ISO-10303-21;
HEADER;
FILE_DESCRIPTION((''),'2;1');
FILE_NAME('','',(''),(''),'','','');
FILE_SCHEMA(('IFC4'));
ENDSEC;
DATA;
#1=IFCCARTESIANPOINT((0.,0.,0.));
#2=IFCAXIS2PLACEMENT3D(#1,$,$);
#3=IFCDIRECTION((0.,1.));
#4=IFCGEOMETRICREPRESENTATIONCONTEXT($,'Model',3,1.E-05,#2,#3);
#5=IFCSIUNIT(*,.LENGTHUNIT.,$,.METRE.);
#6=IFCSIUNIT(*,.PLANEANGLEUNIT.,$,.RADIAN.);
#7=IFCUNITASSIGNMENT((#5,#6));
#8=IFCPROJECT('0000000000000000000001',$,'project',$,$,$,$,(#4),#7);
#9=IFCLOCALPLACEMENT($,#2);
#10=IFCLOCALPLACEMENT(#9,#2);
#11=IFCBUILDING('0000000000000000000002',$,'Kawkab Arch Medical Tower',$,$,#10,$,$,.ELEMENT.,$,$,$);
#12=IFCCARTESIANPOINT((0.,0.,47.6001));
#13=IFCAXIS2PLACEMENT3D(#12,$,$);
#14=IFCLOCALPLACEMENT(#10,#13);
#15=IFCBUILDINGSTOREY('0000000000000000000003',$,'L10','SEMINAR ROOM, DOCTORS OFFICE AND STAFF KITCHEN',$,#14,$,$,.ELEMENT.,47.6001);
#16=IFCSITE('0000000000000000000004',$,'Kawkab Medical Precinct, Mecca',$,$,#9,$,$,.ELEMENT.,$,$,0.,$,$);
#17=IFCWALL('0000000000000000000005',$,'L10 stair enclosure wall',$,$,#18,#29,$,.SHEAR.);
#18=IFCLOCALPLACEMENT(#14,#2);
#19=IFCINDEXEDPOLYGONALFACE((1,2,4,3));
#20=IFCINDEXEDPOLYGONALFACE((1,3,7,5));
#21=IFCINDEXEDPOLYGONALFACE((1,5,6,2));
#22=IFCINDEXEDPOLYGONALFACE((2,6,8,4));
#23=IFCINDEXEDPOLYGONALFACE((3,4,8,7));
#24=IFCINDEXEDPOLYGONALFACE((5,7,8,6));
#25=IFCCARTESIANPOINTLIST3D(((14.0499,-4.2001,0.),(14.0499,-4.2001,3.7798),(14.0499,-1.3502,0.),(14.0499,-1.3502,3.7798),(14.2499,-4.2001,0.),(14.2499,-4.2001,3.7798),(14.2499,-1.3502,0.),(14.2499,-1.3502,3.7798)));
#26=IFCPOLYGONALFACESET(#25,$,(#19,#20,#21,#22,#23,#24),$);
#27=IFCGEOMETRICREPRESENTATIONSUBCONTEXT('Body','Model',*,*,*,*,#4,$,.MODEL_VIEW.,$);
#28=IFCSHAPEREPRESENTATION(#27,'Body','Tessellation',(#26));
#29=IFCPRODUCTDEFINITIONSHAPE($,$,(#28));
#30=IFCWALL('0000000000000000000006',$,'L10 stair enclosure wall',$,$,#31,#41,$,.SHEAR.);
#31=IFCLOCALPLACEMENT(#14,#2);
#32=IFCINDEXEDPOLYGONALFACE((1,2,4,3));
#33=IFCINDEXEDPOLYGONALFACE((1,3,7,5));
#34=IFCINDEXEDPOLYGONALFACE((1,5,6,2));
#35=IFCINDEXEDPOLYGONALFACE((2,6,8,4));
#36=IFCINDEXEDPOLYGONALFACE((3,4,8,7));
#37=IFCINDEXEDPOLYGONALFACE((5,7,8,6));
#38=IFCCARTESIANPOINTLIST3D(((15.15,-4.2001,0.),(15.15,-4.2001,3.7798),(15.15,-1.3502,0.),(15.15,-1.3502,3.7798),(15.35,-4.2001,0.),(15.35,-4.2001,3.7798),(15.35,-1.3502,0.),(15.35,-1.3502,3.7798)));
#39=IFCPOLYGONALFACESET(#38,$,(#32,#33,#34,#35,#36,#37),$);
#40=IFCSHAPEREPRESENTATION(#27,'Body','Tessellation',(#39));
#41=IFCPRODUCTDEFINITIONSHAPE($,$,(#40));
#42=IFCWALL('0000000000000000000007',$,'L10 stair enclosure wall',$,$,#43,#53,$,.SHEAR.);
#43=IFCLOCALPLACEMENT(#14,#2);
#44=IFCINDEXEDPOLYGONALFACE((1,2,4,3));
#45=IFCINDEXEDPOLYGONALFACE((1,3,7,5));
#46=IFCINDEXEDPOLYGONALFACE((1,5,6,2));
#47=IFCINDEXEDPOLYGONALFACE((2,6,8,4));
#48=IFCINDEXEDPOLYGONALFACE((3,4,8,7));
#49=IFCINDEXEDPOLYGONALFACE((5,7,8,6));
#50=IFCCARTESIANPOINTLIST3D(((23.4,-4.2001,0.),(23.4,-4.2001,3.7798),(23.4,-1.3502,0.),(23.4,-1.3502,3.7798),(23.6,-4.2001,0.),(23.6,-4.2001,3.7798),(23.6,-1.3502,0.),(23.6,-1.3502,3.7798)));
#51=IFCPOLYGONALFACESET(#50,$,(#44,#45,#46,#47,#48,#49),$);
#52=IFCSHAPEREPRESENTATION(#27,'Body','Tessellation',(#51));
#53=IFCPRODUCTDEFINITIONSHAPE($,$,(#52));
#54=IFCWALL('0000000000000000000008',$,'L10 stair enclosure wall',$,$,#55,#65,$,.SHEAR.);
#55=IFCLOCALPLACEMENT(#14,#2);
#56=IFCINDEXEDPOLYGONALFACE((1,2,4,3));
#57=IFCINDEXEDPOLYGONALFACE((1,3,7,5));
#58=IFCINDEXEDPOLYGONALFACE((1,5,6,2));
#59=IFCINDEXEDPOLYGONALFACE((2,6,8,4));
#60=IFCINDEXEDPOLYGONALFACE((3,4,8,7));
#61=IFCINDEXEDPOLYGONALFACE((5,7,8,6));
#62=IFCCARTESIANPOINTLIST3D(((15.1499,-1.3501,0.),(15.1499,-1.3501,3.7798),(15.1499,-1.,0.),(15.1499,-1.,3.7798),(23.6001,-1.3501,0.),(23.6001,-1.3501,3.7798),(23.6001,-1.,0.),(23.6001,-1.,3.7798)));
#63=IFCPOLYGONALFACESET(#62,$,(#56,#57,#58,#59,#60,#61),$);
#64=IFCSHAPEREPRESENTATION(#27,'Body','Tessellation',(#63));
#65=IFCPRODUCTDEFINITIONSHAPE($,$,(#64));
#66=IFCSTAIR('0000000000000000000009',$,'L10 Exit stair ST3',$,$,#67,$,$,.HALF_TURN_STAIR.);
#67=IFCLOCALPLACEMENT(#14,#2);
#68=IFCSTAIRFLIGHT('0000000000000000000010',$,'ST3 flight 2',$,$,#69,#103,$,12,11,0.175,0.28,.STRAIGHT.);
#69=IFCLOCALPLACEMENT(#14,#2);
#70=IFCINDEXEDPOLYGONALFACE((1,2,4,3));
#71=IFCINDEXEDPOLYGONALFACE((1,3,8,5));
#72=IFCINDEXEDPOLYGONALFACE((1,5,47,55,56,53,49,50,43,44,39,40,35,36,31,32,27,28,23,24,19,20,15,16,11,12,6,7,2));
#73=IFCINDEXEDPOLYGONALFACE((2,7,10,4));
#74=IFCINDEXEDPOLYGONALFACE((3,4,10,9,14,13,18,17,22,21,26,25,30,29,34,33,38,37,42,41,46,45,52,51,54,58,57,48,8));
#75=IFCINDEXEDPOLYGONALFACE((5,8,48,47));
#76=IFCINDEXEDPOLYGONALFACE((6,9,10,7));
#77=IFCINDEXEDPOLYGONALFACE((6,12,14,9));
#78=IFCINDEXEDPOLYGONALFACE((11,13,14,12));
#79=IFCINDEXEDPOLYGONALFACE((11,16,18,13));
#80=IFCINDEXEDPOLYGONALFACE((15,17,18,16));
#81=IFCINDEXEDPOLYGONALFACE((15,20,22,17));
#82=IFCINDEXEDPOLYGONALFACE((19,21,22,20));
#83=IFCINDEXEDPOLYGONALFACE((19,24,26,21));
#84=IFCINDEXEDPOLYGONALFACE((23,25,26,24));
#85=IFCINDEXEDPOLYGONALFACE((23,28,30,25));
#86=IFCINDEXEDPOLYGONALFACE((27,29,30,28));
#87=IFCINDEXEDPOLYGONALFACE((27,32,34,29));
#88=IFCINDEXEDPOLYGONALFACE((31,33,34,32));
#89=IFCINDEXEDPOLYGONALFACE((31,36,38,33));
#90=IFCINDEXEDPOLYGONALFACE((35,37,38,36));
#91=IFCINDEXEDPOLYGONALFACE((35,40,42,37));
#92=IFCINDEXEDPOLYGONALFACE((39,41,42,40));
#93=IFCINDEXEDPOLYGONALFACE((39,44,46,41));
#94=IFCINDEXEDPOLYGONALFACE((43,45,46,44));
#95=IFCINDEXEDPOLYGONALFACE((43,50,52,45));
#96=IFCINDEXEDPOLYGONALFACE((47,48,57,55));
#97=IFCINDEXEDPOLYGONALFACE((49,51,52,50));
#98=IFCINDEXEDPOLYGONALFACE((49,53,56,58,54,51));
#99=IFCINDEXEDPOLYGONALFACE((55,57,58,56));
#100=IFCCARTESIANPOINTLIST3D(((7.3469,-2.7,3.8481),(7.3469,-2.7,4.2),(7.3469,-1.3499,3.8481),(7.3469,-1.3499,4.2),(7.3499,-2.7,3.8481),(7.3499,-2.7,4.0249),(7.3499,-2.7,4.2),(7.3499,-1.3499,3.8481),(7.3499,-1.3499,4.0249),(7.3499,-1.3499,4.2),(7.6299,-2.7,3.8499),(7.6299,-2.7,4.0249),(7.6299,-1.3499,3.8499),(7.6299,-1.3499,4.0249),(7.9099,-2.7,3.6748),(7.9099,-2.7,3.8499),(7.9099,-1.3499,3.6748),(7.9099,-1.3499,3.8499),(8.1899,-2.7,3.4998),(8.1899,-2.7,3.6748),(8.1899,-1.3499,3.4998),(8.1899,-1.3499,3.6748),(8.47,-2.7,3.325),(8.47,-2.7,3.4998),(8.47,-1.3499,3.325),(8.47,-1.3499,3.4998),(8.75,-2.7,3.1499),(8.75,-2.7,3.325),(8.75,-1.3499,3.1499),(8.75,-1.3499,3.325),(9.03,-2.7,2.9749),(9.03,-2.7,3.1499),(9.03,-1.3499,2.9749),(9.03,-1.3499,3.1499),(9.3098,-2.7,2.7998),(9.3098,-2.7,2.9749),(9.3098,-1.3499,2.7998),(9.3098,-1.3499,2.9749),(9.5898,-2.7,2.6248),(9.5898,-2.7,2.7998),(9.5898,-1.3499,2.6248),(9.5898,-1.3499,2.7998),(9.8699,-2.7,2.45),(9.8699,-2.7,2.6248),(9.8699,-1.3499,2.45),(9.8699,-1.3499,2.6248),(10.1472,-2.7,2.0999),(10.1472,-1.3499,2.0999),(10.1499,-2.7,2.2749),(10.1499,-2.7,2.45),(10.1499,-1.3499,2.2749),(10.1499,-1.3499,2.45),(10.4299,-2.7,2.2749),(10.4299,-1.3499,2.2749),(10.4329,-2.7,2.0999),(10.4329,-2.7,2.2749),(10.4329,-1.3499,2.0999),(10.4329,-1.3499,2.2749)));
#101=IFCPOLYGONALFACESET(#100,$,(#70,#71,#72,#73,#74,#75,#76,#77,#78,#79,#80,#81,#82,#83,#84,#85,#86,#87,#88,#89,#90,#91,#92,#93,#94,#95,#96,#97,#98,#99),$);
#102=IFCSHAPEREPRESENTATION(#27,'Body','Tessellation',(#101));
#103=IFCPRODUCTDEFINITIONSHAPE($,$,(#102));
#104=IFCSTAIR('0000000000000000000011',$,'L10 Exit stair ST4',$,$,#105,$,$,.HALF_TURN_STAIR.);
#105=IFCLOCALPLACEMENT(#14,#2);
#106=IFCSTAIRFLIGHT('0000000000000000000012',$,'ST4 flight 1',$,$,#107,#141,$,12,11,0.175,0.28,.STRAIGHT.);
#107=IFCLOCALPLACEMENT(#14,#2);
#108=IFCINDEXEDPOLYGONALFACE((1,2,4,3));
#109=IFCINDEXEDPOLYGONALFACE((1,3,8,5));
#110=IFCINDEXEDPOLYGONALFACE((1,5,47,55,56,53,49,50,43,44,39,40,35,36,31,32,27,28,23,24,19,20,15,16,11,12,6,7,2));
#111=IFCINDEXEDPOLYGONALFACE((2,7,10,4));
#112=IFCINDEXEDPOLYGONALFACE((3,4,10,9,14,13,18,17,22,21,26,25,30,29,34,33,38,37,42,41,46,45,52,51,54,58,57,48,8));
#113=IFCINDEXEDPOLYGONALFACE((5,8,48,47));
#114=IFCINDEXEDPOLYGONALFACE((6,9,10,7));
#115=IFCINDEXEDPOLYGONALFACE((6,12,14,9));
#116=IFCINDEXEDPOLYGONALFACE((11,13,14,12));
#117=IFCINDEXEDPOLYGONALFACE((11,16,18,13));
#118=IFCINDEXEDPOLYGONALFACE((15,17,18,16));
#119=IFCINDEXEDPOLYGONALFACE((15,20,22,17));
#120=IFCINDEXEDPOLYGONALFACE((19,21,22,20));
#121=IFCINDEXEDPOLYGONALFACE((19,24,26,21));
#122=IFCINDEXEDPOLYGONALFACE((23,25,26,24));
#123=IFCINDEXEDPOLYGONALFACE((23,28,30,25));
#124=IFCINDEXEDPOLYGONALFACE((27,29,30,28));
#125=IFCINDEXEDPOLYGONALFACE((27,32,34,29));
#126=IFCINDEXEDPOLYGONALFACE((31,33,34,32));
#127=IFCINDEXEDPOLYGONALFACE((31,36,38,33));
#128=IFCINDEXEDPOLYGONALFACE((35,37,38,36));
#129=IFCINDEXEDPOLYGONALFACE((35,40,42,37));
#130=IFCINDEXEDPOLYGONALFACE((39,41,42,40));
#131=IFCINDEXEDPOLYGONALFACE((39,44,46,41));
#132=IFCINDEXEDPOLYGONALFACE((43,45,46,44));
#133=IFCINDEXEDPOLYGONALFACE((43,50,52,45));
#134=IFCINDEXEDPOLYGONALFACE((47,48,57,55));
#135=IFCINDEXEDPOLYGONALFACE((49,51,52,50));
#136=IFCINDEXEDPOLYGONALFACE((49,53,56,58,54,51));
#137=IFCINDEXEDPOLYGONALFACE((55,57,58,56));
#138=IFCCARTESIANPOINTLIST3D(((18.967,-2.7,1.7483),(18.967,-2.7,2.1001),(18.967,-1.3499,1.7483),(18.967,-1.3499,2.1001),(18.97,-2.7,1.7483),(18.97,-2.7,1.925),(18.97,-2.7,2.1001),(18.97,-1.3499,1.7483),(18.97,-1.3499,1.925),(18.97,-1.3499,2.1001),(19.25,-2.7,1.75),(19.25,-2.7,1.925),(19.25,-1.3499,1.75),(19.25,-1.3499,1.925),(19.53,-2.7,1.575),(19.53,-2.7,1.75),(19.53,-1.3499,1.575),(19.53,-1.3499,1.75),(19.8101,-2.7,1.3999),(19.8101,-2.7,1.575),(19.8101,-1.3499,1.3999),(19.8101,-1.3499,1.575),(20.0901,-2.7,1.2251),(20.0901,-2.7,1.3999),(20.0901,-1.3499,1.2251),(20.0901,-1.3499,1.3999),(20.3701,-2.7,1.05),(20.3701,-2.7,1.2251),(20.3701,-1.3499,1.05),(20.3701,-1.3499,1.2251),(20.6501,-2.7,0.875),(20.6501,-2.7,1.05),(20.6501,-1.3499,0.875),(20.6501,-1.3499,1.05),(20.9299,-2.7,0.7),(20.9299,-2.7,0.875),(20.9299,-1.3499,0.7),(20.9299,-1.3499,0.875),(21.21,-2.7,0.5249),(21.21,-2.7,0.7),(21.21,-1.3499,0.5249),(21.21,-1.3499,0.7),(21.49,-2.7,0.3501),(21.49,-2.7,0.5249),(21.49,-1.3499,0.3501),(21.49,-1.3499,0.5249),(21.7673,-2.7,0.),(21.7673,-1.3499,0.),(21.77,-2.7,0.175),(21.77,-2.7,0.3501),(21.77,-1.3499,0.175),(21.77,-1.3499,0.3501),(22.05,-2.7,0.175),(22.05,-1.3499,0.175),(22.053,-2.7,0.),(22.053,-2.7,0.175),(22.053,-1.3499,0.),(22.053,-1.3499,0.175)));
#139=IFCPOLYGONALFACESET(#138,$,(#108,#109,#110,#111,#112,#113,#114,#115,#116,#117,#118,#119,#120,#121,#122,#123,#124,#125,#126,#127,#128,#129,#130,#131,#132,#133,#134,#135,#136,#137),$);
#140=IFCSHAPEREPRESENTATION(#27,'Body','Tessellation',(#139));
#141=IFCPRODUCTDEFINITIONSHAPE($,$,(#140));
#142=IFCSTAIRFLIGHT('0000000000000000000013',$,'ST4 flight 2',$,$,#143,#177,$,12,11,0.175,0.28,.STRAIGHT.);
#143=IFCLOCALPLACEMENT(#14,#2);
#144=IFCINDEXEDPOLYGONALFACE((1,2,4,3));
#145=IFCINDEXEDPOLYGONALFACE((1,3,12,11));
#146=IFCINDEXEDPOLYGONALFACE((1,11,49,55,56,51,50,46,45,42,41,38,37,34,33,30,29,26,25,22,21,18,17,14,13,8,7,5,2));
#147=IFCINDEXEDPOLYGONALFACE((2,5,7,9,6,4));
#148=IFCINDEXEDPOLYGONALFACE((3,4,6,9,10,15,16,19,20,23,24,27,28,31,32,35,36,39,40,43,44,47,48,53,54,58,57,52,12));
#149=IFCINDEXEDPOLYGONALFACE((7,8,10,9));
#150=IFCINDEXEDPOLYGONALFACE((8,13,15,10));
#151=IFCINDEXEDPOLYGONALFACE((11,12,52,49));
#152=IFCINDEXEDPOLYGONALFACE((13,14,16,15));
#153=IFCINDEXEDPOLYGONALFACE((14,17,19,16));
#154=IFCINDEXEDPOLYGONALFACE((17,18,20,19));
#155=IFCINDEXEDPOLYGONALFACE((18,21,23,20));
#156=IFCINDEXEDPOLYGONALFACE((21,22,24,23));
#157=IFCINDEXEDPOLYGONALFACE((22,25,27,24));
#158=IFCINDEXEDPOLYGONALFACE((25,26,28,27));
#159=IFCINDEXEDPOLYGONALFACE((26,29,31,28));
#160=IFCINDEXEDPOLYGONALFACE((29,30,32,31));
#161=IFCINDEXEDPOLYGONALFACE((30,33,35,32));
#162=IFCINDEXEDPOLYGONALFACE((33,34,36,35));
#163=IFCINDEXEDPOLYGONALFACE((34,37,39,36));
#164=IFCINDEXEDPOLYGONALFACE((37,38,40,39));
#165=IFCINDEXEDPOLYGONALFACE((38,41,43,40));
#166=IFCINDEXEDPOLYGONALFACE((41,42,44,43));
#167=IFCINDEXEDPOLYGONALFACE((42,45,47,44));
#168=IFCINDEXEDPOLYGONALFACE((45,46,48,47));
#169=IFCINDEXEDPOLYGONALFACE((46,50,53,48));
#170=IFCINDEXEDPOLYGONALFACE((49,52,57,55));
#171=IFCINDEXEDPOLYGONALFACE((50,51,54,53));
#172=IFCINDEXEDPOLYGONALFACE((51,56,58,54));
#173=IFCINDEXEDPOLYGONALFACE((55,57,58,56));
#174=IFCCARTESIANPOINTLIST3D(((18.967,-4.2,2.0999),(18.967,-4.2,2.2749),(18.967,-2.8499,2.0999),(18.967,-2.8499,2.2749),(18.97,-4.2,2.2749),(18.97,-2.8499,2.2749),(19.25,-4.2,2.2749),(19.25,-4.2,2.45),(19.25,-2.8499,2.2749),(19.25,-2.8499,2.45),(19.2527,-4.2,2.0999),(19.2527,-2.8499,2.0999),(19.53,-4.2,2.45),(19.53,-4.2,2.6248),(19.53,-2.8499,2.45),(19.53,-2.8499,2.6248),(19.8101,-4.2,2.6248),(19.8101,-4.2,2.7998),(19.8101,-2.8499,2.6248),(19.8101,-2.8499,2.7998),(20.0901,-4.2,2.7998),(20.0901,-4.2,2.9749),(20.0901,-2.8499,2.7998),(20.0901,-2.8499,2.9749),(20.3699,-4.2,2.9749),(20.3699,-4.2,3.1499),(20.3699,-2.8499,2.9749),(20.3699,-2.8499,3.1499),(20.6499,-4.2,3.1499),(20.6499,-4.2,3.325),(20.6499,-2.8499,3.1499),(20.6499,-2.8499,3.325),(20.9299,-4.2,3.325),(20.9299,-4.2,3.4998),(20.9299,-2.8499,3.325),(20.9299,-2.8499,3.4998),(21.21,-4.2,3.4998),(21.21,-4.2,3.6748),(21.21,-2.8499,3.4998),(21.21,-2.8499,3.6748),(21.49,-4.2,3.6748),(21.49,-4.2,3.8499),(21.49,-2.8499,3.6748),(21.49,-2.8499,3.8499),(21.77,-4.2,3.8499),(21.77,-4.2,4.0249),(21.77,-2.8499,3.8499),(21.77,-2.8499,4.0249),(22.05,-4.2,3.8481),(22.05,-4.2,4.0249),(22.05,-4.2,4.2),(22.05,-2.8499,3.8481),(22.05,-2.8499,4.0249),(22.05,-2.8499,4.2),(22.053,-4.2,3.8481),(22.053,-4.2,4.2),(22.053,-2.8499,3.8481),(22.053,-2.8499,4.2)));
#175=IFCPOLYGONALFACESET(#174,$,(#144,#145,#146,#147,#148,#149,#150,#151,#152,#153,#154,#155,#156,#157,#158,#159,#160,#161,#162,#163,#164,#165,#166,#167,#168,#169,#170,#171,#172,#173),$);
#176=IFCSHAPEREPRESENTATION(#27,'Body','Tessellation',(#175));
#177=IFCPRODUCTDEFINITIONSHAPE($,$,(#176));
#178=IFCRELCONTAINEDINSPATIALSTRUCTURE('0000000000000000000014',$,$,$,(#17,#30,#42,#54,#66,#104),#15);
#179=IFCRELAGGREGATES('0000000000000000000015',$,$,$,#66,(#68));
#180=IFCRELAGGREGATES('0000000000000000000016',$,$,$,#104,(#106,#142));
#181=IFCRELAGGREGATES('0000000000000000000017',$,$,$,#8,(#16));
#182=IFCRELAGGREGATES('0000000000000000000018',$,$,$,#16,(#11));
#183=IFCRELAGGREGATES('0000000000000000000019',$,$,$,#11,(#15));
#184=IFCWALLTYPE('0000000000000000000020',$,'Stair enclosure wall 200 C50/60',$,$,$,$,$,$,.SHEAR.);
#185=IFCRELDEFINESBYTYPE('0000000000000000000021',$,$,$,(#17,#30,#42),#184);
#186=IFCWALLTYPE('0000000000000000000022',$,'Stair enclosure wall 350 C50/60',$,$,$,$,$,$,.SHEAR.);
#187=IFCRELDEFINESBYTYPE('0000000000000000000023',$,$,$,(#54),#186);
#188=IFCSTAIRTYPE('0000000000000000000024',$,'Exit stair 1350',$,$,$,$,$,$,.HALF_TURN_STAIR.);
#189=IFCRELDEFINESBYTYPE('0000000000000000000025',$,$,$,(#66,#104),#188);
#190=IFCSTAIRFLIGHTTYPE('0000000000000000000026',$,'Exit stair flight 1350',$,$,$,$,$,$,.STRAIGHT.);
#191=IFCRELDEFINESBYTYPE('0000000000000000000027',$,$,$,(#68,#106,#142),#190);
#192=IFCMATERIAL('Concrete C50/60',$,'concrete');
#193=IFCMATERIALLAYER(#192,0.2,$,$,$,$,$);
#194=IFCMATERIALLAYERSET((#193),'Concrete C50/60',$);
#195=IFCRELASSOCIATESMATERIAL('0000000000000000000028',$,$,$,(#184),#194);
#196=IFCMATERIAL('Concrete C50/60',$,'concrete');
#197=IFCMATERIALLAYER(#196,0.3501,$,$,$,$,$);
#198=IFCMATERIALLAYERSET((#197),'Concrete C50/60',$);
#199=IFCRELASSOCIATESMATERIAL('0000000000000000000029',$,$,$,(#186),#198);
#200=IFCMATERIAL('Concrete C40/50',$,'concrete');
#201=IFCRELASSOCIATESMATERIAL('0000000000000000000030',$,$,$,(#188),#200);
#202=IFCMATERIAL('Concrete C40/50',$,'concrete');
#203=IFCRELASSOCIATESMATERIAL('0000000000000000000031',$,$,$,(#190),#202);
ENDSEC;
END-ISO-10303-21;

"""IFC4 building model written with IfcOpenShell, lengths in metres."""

from ifc_helpers import new_model, si_unit, direction, frame, frame_2d, origin, place, context, subcontext, project, spatial, polyline, rectangle, outline, extrude, material, layer, layer_set, type_object, element, aggregate, save


model = new_model("IFC4")

# Units and contexts
model_context = context("Model", 3, precision=1e-05, world=origin(), true_north=direction((0.0, 1.0)))
body_context = subcontext(model_context, "Body", "Model", "MODEL_VIEW")
ifc_project = project(units=[si_unit("LENGTHUNIT", "METRE"), si_unit("PLANEANGLEUNIT", "RADIAN")], contexts=[model_context])

# Site, building, storey
site_placement = place(None, origin())
site = spatial("IfcSite", under=ifc_project, at=site_placement, Name="Kawkab Medical Precinct, Mecca", CompositionType="ELEMENT", RefElevation=0.0)
building_placement = place(site_placement, origin())
building = spatial("IfcBuilding", under=site, at=building_placement, Name="Kawkab Arch Medical Tower", CompositionType="ELEMENT")
storey_placement = place(building_placement, frame((0.0, 0.0, 47.6001)))
storey = spatial("IfcBuildingStorey", under=building, at=storey_placement, Name="L10", Description="SEMINAR ROOM, DOCTORS OFFICE AND STAFF KITCHEN", CompositionType="ELEMENT", Elevation=47.6001)

# Shared definitions
placement = place(storey_placement, origin())

# Walls
ifc_material_1 = material(Name="Concrete C50/60", Category="concrete")
ifc_layer_1 = layer(ifc_material_1, 0.2)
ifc_layer_set_1 = layer_set([ifc_layer_1], Name="Concrete C50/60")
wall_type_1 = type_object("IfcWallType", Name="Stair enclosure wall 200 C50/60", PredefinedType="SHEAR", material=ifc_layer_set_1)
for number, where, z_axis, x_axis, name in (
    (1, (14.1499, -4.2, 0.0), (0.0, 0.0, 1.0), (0.0, 1.0, 0.0), "L10 stair enclosure wall"),
    (2, (15.25, -4.2, 0.0), (0.0, 0.0, 1.0), (0.0, 1.0, 0.0), "L10 stair enclosure wall"),
    (3, (23.5, -4.2, 0.0), (0.0, 0.0, 1.0), (0.0, 1.0, 0.0), "L10 stair enclosure wall"),
):
    element("IfcWall", number, at=place(storey_placement, frame(where, z_axis=z_axis, x_axis=x_axis)), inside=storey, type_object=wall_type_1, Name=name, PredefinedType="SHEAR", context=body_context, shape_type="SweptSolid", body=[
        extrude(rectangle(XDim=2.8499, YDim=0.2, at=frame_2d((1.4248, 0.0))), origin(), (0.0, 0.0, 1.0), 3.7798),
    ])
ifc_material_2 = material(Name="Concrete C50/60", Category="concrete")
ifc_layer_2 = layer(ifc_material_2, 0.3501)
ifc_layer_set_2 = layer_set([ifc_layer_2], Name="Concrete C50/60")
wall_type_2 = type_object("IfcWallType", Name="Stair enclosure wall 350 C50/60", PredefinedType="SHEAR", material=ifc_layer_set_2)
wall_1_placement = place(storey_placement, frame((15.1499, -1.175, 0.0), z_axis=(0.0, 0.0, 1.0), x_axis=(1.0, 0.0, 0.0)))
element("IfcWall", 4, at=wall_1_placement, inside=storey, type_object=wall_type_2, Name="L10 stair enclosure wall", PredefinedType="SHEAR", context=body_context, shape_type="SweptSolid", body=[
    extrude(rectangle(XDim=8.4502, YDim=0.3501, at=frame_2d((4.2251, 0.0))), origin(), (0.0, 0.0, 1.0), 3.7798),
])

# Stair, stair flight
ifc_material_3 = material(Name="Concrete C40/50", Category="concrete")
stair_type = type_object("IfcStairType", Name="Exit stair 1350", PredefinedType="HALF_TURN_STAIR", material=ifc_material_3)
stair_1 = element("IfcStair", 5, at=placement, inside=storey, type_object=stair_type, Name="L10 Exit stair ST3", PredefinedType="HALF_TURN_STAIR")
ifc_material_4 = material(Name="Concrete C40/50", Category="concrete")
stair_flight_type = type_object("IfcStairFlightType", Name="Exit stair flight 1350", PredefinedType="STRAIGHT", material=ifc_material_4)
stair_flight_1_placement = place(storey_placement, frame((10.4299, -2.0249, 2.0999), z_axis=(0.0, 0.0, 1.0), x_axis=(-1.0, 0.0, 0.0)))
stair_flight_1 = element("IfcStairFlight", 6, at=stair_flight_1_placement, type_object=stair_flight_type, Name="ST3 flight 2", NumberOfRisers=12, NumberOfTreads=11, PredefinedType="STRAIGHT", RiserHeight=0.175, TreadLength=0.28, context=body_context, shape_type="SweptSolid", body=[
    extrude(outline(polyline([(-0.0029, 0.0), (-0.0029, 0.175), (0.0, 0.175), (0.28, 0.175), (0.28, 0.3501), (0.5601, 0.3501), (0.5601, 0.5249), (0.8401, 0.5249), (0.8401, 0.7), (1.1201, 0.7), (1.1201, 0.875), (1.3999, 0.875), (1.3999, 1.05), (1.6799, 1.05), (1.6799, 1.2251), (1.96, 1.2251), (1.96, 1.3999), (2.24, 1.3999), (2.24, 1.575), (2.52, 1.575), (2.52, 1.75), (2.8, 1.75), (2.8, 1.925), (3.0801, 1.925), (3.0801, 2.1001), (3.083, 2.1001), (3.083, 1.7483), (3.0801, 1.7483), (0.2827, 0.0), (-0.0029, 0.0)])), frame((0.0, 0.675, 0.0), z_axis=(0.0, -1.0, 0.0), x_axis=(1.0, 0.0, 0.0)), (0.0, 0.0, 1.0), 1.3501),
])
aggregate(stair_1, [stair_flight_1])

# Stair, stair flights
stair_2 = element("IfcStair", 7, at=placement, inside=storey, type_object=stair_type, Name="L10 Exit stair ST4", PredefinedType="HALF_TURN_STAIR")
stair_flight_2_placement = place(storey_placement, frame((22.05, -2.0249, 0.0), z_axis=(0.0, 0.0, 1.0), x_axis=(-1.0, 0.0, 0.0)))
stair_flight_2 = element("IfcStairFlight", 8, at=stair_flight_2_placement, type_object=stair_flight_type, Name="ST4 flight 1", NumberOfRisers=12, NumberOfTreads=11, PredefinedType="STRAIGHT", RiserHeight=0.175, TreadLength=0.28, context=body_context, shape_type="SweptSolid", body=[
    extrude(outline(polyline([(-0.0029, 0.0), (-0.0029, 0.175), (0.0, 0.175), (0.28, 0.175), (0.28, 0.3501), (0.5601, 0.3501), (0.5601, 0.5249), (0.8401, 0.5249), (0.8401, 0.7), (1.1201, 0.7), (1.1201, 0.875), (1.3999, 0.875), (1.3999, 1.05), (1.6799, 1.05), (1.6799, 1.2251), (1.96, 1.2251), (1.96, 1.3999), (2.24, 1.3999), (2.24, 1.575), (2.52, 1.575), (2.52, 1.75), (2.8, 1.75), (2.8, 1.925), (3.0801, 1.925), (3.0801, 2.1001), (3.083, 2.1001), (3.083, 1.7483), (3.0801, 1.7483), (0.2827, 0.0), (-0.0029, 0.0)])), frame((0.0, 0.675, 0.0), z_axis=(0.0, -1.0, 0.0), x_axis=(1.0, 0.0, 0.0)), (0.0, 0.0, 1.0), 1.3501),
])
stair_flight_3_placement = place(storey_placement, frame((18.97, -3.5249, 2.0999), z_axis=(0.0, 0.0, 1.0), x_axis=(1.0, 0.0, 0.0)))
stair_flight_3 = element("IfcStairFlight", 9, at=stair_flight_3_placement, type_object=stair_flight_type, Name="ST4 flight 2", NumberOfRisers=12, NumberOfTreads=11, PredefinedType="STRAIGHT", RiserHeight=0.175, TreadLength=0.28, context=body_context, shape_type="SweptSolid", body=[
    extrude(outline(polyline([(-0.0029, 0.0), (-0.0029, 0.175), (0.0, 0.175), (0.28, 0.175), (0.28, 0.3501), (0.5601, 0.3501), (0.5601, 0.5249), (0.8401, 0.5249), (0.8401, 0.7), (1.1201, 0.7), (1.1201, 0.875), (1.3999, 0.875), (1.3999, 1.05), (1.6799, 1.05), (1.6799, 1.2251), (1.96, 1.2251), (1.96, 1.3999), (2.24, 1.3999), (2.24, 1.575), (2.52, 1.575), (2.52, 1.75), (2.8, 1.75), (2.8, 1.925), (3.0801, 1.925), (3.0801, 2.1001), (3.083, 2.1001), (3.083, 1.7483), (3.0801, 1.7483), (0.2827, 0.0), (-0.0029, 0.0)])), frame((0.0, 0.675, 0.0), z_axis=(0.0, -1.0, 0.0), x_axis=(1.0, 0.0, 0.0)), (0.0, 0.0, 1.0), 1.3501),
])
aggregate(stair_2, [stair_flight_2, stair_flight_3])

save(model, "model.ifc")
